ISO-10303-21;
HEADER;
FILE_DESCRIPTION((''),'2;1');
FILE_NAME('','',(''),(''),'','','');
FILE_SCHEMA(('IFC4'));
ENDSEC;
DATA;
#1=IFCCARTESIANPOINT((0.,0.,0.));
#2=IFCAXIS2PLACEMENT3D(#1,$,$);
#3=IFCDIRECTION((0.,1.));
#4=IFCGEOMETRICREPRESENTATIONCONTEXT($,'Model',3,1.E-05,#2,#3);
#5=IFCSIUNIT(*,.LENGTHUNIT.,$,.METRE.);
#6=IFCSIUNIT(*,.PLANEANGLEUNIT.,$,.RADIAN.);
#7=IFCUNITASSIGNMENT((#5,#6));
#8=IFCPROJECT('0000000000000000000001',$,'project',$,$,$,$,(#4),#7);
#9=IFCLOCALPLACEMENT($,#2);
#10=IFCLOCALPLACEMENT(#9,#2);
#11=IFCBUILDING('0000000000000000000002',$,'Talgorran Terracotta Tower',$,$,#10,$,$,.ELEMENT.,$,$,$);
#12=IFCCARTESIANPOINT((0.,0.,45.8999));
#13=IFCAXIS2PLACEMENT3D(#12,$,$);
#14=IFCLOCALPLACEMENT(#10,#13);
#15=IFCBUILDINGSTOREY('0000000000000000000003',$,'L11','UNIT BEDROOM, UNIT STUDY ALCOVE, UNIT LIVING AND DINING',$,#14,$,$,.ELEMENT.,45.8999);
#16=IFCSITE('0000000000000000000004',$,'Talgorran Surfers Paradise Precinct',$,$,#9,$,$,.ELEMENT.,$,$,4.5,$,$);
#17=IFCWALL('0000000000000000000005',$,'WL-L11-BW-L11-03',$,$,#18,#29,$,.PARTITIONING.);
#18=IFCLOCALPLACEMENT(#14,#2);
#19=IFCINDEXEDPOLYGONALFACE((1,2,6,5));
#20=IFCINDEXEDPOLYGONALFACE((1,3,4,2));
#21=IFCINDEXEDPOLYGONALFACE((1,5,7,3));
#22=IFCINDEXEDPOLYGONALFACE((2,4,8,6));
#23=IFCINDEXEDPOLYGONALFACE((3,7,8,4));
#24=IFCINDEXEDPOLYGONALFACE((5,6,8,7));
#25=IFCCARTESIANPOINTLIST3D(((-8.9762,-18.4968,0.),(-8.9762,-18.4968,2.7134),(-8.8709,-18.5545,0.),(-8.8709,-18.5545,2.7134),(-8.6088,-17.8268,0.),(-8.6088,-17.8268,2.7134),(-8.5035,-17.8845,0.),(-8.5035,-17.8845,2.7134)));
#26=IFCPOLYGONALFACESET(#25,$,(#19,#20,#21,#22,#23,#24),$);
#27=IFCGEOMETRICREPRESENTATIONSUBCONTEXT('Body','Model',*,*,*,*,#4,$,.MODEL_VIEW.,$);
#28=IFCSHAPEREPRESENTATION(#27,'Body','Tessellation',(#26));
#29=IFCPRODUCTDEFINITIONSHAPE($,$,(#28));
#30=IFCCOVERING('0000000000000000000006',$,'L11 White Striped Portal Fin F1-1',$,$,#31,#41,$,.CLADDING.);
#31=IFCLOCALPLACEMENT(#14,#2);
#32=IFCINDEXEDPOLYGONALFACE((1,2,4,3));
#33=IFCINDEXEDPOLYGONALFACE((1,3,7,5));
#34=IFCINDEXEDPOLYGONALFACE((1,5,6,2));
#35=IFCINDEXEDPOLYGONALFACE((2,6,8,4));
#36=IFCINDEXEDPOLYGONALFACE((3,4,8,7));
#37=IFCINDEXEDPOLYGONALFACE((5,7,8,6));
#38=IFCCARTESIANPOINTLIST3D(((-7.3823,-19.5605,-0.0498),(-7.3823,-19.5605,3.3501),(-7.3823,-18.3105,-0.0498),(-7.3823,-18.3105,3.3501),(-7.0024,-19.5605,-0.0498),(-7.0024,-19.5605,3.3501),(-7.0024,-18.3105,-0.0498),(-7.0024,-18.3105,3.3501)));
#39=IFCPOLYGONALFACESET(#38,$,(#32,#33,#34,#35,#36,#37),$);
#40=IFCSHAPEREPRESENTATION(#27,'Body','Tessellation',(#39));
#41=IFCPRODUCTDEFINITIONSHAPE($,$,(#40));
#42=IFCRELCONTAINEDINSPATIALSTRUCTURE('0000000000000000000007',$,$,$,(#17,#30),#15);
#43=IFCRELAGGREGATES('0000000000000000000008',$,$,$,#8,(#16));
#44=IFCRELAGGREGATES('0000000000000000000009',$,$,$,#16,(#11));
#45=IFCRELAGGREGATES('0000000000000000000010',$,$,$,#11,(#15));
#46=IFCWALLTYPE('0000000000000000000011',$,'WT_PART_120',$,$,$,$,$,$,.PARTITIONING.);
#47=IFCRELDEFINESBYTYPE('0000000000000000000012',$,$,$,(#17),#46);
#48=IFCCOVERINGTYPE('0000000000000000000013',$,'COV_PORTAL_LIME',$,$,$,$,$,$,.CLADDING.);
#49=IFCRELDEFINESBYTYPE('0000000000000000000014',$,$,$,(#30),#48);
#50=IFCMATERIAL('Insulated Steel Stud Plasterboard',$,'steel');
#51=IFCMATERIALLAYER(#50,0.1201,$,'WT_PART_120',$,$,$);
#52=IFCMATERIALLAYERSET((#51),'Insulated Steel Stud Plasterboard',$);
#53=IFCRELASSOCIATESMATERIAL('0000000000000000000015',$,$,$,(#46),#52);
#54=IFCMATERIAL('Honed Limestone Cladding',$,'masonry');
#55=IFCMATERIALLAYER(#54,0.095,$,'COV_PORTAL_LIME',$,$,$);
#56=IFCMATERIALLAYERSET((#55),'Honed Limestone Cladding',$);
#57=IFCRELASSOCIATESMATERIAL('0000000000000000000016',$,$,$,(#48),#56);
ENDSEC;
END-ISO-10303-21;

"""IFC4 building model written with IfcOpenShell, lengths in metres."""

from ifc_helpers import new_model, si_unit, direction, frame, frame_2d, origin, origin_2d, place, context, subcontext, project, spatial, rectangle, extrude, material, layer, layer_set, type_object, element, save


model = new_model("IFC4")

# Units and contexts
model_context = context("Model", 3, precision=1e-05, world=origin(), true_north=direction((0.0, 1.0)))
body_context = subcontext(model_context, "Body", "Model", "MODEL_VIEW")
ifc_project = project(units=[si_unit("LENGTHUNIT", "METRE"), si_unit("PLANEANGLEUNIT", "RADIAN")], contexts=[model_context])

# Site, building, storey
site_placement = place(None, origin())
site = spatial("IfcSite", under=ifc_project, at=site_placement, Name="Talgorran Surfers Paradise Precinct", CompositionType="ELEMENT", RefElevation=4.5)
building_placement = place(site_placement, origin())
building = spatial("IfcBuilding", under=site, at=building_placement, Name="Talgorran Terracotta Tower", CompositionType="ELEMENT")
storey_placement = place(building_placement, frame((0.0, 0.0, 45.8999)))
storey = spatial("IfcBuildingStorey", under=building, at=storey_placement, Name="L11", Description="UNIT BEDROOM, UNIT STUDY ALCOVE, UNIT LIVING AND DINING", CompositionType="ELEMENT", Elevation=45.8999)

# Wall
ifc_material_1 = material(Name="Insulated Steel Stud Plasterboard", Category="steel")
ifc_layer_1 = layer(ifc_material_1, 0.1201, Name="WT_PART_120")
ifc_layer_set_1 = layer_set([ifc_layer_1], Name="Insulated Steel Stud Plasterboard")
wall_type = type_object("IfcWallType", Name="WT_PART_120", PredefinedType="PARTITIONING", material=ifc_layer_set_1)
wall_placement = place(storey_placement, frame((-8.9236, -18.5256, 0.0), z_axis=(0.0, 0.0, 1.0), x_axis=(0.480888, 0.876782, 0.0)))
element("IfcWall", 1, at=wall_placement, inside=storey, type_object=wall_type, Name="WL-L11-BW-L11-03", PredefinedType="PARTITIONING", context=body_context, shape_type="SweptSolid", body=[
    extrude(rectangle(XDim=0.7642, YDim=0.1201, at=frame_2d((0.3821, 0.0))), origin(), (0.0, 0.0, 1.0), 2.7134),
])

# Covering
ifc_material_2 = material(Name="Honed Limestone Cladding", Category="masonry")
ifc_layer_2 = layer(ifc_material_2, 0.095, Name="COV_PORTAL_LIME")
ifc_layer_set_2 = layer_set([ifc_layer_2], Name="Honed Limestone Cladding")
covering_type = type_object("IfcCoveringType", Name="COV_PORTAL_LIME", PredefinedType="CLADDING", material=ifc_layer_set_2)
covering_placement = place(storey_placement, frame((-7.1924, -18.9355, -0.0498), z_axis=(0.0, 0.0, 1.0), x_axis=(1.0, 0.0, 0.0)))
element("IfcCovering", 2, at=covering_placement, inside=storey, type_object=covering_type, Name="L11 White Striped Portal Fin F1-1", PredefinedType="CLADDING", context=body_context, shape_type="SweptSolid", body=[
    extrude(rectangle(XDim=0.3799, YDim=1.25, at=origin_2d()), origin(), (0.0, 0.0, 1.0), 3.3999),
])

save(model, "model.ifc")
